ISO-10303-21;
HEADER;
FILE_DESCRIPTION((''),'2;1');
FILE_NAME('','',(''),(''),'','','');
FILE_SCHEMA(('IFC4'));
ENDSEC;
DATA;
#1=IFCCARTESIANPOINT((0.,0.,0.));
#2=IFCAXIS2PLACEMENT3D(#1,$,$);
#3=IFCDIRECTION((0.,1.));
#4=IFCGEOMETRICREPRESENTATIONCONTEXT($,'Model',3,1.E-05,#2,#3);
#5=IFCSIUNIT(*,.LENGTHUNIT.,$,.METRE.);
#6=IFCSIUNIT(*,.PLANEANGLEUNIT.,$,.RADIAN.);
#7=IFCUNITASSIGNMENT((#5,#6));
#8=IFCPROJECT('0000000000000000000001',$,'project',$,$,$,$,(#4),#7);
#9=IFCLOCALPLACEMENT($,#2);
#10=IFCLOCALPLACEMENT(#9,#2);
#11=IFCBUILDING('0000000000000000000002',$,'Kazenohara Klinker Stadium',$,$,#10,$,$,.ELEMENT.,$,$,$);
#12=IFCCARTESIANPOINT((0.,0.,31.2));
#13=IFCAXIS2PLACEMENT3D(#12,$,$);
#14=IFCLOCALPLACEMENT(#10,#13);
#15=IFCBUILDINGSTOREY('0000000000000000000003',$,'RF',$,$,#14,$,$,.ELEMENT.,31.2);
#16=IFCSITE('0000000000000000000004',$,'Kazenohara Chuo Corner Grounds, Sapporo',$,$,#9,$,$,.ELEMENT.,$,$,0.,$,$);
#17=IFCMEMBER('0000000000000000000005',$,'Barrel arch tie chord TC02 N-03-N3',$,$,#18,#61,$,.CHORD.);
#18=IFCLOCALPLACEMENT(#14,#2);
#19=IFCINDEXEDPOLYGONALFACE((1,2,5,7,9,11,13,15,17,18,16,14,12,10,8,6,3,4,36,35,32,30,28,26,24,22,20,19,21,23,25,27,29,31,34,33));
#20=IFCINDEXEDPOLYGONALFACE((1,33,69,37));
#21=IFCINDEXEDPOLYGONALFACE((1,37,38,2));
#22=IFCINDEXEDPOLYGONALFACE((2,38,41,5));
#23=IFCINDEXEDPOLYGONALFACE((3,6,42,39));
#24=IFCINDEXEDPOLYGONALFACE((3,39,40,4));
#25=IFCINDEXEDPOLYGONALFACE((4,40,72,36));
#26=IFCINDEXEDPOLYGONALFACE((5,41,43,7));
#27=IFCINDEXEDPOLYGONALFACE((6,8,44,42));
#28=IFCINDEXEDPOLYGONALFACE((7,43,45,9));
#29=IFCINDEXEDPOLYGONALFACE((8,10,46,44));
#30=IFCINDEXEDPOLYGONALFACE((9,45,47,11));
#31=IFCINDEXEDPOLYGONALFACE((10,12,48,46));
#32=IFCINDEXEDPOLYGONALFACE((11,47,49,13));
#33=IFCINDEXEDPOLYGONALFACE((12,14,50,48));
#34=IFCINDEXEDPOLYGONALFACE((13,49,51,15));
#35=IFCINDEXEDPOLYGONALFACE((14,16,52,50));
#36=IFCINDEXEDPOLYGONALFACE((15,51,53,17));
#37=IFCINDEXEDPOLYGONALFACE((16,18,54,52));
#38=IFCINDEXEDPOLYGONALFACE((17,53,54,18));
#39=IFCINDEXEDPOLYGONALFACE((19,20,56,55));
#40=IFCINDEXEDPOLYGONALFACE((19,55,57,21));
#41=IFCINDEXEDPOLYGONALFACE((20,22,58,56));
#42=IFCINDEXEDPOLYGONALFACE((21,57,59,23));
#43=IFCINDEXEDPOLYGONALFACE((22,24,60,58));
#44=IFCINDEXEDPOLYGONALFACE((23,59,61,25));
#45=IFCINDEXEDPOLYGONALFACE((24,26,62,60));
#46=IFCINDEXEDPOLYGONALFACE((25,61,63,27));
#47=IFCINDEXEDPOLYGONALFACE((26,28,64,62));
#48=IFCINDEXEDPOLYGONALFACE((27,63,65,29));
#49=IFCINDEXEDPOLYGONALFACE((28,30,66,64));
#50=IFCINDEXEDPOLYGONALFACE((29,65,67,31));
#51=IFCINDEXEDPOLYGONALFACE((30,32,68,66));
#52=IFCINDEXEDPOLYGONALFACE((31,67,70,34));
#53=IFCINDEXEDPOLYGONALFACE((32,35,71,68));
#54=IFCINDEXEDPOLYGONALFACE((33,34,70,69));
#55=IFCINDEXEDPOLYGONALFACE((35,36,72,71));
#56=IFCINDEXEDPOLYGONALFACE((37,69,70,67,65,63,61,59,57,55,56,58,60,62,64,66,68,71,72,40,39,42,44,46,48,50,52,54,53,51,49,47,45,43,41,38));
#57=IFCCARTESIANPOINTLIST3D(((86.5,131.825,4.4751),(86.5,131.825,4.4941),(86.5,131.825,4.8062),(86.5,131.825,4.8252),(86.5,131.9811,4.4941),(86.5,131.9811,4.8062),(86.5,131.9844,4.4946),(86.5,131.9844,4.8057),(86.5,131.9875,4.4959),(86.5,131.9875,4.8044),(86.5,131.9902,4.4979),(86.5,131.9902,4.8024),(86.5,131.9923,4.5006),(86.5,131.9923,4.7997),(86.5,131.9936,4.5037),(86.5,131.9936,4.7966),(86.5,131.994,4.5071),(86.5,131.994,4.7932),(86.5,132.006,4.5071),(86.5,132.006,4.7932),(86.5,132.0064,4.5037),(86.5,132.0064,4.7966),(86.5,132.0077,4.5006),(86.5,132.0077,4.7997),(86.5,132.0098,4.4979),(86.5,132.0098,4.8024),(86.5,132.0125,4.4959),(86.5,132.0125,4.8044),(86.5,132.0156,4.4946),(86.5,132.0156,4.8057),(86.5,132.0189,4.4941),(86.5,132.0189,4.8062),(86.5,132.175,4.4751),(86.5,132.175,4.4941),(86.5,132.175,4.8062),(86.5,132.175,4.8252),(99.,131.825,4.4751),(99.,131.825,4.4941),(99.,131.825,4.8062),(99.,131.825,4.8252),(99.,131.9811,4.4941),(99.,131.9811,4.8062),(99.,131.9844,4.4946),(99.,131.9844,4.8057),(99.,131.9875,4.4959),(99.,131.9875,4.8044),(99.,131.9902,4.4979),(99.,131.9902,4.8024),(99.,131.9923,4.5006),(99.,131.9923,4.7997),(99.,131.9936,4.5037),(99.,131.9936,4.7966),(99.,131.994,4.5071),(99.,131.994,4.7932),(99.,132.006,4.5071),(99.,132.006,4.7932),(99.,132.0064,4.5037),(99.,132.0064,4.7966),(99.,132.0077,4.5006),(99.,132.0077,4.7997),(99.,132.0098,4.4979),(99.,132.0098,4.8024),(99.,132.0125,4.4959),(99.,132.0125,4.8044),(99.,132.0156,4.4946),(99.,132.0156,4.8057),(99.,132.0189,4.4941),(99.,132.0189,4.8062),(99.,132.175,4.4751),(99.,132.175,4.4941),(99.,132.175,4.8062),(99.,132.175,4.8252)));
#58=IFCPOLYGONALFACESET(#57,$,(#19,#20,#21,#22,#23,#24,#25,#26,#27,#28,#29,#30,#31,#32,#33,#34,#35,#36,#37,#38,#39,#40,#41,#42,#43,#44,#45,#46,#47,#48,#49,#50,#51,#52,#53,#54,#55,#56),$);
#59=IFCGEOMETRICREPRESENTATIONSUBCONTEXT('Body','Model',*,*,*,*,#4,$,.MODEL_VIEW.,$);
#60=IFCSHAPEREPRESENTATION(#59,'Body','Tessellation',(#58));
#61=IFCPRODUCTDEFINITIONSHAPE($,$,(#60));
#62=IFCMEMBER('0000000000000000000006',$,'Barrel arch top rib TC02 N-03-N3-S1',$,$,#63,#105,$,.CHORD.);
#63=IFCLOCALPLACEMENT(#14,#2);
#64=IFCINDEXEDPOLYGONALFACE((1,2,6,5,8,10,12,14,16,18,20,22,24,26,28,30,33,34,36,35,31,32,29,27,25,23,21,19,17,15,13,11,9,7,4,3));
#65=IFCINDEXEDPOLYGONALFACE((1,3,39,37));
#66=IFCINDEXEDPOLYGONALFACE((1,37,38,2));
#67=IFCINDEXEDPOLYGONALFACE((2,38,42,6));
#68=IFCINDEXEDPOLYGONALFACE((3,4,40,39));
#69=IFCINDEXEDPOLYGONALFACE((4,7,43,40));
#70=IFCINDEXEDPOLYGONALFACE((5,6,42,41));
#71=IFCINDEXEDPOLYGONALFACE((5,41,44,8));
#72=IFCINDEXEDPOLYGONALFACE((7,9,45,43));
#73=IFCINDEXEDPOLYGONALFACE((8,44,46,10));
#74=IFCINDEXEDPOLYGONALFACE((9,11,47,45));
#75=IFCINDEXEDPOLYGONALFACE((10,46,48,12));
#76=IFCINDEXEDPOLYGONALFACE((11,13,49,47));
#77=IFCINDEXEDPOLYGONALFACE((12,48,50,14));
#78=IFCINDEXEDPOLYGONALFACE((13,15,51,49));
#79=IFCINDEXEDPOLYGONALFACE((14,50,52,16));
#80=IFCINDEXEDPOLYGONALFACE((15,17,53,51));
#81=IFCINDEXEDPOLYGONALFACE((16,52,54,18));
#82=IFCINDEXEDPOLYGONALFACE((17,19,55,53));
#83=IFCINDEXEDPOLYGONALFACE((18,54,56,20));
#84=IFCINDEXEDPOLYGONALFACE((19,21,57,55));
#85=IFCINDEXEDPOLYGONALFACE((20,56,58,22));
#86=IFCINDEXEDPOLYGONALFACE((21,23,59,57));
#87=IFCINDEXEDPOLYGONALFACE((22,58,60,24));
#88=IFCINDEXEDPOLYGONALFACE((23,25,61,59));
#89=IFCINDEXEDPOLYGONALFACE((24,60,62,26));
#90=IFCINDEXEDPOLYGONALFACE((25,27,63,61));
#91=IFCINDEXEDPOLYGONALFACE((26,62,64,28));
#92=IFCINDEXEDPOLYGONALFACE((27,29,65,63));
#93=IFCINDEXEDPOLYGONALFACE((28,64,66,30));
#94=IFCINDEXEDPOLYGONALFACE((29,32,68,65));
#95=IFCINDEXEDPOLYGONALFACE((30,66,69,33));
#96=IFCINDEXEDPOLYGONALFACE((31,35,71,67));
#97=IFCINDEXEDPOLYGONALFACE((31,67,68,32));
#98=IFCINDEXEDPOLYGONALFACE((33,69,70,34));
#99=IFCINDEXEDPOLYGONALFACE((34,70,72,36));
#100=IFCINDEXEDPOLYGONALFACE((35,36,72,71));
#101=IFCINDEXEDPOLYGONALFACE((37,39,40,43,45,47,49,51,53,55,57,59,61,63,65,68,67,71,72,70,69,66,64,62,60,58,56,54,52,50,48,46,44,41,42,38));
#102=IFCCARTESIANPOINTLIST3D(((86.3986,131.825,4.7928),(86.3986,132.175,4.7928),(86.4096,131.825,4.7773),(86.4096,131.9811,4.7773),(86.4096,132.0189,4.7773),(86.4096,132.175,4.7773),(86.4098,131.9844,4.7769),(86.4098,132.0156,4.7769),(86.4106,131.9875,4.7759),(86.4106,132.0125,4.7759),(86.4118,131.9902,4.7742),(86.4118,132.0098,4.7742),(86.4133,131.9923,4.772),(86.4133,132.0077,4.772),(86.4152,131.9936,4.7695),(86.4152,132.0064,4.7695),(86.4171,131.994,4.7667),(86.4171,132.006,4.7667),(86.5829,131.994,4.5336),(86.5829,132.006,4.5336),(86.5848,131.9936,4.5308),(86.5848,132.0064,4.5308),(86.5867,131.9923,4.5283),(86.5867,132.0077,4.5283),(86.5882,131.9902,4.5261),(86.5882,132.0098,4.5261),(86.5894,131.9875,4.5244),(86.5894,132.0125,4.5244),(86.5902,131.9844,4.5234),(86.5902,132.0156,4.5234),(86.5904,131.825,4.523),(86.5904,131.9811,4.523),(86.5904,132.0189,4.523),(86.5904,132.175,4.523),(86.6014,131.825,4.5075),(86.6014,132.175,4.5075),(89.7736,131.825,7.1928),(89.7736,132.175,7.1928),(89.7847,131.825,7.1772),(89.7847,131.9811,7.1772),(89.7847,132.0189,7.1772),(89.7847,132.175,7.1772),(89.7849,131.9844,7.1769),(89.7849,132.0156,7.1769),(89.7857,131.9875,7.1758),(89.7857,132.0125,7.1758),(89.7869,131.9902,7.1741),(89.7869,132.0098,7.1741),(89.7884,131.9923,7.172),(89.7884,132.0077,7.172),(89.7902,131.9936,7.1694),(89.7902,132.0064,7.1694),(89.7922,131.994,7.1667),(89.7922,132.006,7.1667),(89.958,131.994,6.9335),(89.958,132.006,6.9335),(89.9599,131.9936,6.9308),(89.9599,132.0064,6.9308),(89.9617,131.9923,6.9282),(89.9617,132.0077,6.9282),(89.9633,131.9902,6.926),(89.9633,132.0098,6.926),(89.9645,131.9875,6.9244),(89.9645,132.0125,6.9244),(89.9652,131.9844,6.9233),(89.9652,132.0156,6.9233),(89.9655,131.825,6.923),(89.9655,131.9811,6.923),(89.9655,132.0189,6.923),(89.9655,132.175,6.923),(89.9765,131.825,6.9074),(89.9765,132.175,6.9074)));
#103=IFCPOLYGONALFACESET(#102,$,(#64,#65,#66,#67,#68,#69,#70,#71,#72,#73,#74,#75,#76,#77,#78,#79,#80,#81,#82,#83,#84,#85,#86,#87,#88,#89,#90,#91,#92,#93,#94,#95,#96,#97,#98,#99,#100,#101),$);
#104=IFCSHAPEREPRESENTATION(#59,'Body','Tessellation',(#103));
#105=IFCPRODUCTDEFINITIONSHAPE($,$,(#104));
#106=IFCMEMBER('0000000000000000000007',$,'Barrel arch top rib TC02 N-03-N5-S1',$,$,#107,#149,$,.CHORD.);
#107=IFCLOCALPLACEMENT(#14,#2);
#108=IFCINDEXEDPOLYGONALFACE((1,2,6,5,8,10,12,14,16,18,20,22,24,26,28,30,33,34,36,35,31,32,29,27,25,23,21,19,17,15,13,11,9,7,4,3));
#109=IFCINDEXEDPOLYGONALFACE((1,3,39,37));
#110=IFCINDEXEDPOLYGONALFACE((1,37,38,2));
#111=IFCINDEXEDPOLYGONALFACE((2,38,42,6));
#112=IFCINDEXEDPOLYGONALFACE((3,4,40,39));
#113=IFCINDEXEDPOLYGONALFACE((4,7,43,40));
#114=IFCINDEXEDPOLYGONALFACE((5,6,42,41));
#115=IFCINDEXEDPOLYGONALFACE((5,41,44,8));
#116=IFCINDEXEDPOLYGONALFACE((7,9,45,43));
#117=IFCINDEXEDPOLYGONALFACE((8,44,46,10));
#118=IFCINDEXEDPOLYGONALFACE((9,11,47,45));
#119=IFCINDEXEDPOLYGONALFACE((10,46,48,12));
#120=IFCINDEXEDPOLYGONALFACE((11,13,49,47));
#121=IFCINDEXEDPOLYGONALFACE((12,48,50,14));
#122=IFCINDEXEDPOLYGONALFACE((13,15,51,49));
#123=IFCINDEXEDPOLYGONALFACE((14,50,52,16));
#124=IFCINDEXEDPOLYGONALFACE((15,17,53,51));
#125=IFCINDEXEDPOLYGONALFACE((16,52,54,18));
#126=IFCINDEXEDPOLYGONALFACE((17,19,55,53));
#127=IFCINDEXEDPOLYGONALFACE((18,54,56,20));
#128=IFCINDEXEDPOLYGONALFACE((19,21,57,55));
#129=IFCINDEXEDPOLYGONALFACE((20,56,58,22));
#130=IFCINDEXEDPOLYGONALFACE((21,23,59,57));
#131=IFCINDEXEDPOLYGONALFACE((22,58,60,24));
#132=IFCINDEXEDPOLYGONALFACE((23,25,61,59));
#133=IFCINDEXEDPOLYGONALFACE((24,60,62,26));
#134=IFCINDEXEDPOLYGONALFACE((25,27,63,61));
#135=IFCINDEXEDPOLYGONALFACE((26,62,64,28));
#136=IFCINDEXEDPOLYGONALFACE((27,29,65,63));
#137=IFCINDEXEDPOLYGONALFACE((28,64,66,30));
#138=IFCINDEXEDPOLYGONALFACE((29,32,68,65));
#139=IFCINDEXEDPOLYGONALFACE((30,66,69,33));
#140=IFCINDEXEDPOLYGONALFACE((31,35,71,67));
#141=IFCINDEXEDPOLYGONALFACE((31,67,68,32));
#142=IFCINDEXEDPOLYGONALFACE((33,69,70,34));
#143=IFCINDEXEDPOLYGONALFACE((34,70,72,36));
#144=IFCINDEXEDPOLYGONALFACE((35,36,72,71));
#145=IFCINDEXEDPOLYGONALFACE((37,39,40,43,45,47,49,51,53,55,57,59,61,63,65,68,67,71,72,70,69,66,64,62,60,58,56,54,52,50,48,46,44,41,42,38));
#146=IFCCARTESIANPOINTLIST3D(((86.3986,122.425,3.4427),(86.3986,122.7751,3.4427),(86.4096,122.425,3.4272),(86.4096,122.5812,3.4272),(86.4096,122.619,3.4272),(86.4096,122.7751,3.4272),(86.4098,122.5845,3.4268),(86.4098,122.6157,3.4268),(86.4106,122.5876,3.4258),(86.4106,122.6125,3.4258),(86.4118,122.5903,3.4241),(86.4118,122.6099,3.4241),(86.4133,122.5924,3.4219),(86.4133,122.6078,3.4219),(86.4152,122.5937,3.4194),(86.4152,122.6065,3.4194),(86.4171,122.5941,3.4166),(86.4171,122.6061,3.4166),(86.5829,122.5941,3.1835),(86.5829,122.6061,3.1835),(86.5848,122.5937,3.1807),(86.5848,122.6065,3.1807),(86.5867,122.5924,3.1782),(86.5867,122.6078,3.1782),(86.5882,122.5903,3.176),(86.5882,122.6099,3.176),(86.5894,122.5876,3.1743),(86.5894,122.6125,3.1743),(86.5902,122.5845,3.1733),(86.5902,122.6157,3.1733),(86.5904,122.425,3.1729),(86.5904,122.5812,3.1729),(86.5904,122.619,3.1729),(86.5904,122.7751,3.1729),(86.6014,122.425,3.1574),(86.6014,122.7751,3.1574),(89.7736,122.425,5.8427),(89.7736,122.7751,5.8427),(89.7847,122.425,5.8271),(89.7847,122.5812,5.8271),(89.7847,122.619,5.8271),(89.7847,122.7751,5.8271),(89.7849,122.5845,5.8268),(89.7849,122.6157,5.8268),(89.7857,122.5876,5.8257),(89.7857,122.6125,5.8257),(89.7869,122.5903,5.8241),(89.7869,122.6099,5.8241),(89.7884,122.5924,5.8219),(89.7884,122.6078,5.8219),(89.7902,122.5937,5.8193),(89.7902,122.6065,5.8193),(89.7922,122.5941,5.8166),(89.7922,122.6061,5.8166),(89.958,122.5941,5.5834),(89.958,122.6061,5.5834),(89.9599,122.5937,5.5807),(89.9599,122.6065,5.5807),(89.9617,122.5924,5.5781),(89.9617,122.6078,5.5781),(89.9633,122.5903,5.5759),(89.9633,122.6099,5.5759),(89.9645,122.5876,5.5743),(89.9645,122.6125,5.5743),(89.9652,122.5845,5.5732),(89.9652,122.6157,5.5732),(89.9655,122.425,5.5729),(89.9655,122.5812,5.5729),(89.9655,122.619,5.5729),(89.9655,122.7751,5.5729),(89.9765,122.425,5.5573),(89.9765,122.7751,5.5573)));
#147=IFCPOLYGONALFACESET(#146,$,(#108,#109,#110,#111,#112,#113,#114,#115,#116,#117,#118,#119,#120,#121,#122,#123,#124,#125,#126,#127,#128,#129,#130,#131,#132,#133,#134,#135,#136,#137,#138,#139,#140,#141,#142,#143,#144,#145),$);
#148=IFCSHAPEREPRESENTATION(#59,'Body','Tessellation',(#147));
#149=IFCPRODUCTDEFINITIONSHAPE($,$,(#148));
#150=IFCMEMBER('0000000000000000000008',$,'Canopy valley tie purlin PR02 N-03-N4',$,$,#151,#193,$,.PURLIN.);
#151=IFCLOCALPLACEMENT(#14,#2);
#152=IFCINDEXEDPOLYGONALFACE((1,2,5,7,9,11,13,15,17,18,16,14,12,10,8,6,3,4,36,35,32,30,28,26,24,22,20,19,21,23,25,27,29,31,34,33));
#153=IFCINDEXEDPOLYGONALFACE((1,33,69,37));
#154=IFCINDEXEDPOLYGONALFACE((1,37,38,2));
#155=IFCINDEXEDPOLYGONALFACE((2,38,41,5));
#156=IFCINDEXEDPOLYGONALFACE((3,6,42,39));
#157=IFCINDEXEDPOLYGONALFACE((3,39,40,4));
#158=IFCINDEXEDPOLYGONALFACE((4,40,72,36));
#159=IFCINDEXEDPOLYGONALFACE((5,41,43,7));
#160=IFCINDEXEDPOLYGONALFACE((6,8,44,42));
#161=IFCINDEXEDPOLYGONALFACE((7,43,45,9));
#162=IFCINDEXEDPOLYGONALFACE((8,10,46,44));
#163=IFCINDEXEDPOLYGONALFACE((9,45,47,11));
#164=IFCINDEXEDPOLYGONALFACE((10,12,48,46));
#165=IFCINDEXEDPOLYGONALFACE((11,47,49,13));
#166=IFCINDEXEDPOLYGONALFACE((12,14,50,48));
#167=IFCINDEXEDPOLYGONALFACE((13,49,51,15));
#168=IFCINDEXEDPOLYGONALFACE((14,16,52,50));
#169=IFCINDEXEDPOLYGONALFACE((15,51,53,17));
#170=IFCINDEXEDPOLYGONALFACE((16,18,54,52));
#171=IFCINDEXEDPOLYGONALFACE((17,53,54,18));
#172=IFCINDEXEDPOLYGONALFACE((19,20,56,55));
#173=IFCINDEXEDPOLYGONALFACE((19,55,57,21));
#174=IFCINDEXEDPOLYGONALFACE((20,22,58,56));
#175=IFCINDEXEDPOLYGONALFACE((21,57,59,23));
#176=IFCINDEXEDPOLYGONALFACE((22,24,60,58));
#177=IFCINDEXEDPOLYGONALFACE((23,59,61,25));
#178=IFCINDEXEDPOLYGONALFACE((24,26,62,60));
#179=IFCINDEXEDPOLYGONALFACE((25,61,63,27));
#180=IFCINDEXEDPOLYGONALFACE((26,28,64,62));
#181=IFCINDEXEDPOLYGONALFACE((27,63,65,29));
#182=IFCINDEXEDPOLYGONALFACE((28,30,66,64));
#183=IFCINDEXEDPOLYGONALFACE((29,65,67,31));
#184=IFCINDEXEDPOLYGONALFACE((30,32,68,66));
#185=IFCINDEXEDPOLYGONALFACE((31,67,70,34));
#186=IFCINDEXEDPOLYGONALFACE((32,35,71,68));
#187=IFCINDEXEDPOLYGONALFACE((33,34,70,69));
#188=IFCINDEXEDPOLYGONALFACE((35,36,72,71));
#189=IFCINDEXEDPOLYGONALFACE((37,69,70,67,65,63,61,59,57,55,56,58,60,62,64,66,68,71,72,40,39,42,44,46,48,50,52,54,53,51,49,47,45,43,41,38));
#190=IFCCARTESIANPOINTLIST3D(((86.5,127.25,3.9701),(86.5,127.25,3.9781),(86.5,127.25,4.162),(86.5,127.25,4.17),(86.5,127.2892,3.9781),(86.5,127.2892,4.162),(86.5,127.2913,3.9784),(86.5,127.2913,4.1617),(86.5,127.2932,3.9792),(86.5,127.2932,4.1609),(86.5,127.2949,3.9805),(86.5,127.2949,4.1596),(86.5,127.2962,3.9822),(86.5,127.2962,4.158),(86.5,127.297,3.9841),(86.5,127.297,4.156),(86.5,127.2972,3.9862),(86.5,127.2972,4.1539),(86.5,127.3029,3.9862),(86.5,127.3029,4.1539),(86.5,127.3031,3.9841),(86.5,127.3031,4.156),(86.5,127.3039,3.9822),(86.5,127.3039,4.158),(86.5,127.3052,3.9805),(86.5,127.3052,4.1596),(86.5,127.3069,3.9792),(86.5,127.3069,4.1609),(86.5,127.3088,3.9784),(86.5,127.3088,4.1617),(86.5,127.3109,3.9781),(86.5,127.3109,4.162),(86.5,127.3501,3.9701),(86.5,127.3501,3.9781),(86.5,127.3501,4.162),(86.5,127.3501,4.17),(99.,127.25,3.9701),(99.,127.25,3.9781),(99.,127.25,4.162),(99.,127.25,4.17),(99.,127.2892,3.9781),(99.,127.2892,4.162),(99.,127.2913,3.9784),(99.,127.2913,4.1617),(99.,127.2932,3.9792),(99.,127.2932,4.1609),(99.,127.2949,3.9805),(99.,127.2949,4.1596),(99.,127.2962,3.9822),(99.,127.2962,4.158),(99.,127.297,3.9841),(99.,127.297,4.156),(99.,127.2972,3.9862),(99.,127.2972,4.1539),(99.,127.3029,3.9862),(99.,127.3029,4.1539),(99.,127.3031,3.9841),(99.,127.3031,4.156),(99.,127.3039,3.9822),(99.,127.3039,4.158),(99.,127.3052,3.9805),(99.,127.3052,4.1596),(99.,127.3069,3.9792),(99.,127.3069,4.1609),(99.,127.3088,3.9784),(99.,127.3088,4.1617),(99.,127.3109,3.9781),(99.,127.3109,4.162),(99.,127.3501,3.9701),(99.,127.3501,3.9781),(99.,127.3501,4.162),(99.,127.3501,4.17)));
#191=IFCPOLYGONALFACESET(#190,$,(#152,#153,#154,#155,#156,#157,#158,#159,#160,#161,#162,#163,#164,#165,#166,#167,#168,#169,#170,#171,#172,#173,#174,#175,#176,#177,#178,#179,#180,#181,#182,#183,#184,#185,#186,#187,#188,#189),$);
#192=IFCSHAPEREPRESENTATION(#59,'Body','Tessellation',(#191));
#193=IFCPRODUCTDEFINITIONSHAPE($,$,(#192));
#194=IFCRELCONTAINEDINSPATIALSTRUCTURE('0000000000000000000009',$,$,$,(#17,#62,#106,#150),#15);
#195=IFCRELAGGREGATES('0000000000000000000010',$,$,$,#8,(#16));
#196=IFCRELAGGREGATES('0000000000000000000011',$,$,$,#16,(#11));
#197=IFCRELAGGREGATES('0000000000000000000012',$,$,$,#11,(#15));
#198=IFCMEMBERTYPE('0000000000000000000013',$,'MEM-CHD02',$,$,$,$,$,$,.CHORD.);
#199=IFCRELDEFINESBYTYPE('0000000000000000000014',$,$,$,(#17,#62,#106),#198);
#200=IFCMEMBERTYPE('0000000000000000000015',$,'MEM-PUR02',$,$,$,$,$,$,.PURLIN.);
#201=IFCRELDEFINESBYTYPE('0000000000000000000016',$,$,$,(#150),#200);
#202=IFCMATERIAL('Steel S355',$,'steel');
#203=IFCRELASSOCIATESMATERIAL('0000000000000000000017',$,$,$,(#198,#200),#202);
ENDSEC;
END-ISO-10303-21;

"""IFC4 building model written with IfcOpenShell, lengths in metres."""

from ifc_helpers import new_model, si_unit, direction, frame, origin, origin_2d, place, context, subcontext, project, spatial, i_section, extrude, material, material_profile, profile_set, type_object, element, save


model = new_model("IFC4")

# Units and contexts
model_context = context("Model", 3, precision=1e-05, world=origin(), true_north=direction((0.0, 1.0)))
body_context = subcontext(model_context, "Body", "Model", "MODEL_VIEW")
ifc_project = project(units=[si_unit("LENGTHUNIT", "METRE"), si_unit("PLANEANGLEUNIT", "RADIAN")], contexts=[model_context])

# Site, building, storey
site_placement = place(None, origin())
site = spatial("IfcSite", under=ifc_project, at=site_placement, Name="Kazenohara Chuo Corner Grounds, Sapporo", CompositionType="ELEMENT", RefElevation=0.0)
building_placement = place(site_placement, origin())
building = spatial("IfcBuilding", under=site, at=building_placement, Name="Kazenohara Klinker Stadium", CompositionType="ELEMENT")
storey_placement = place(building_placement, frame((0.0, 0.0, 31.2)))
storey = spatial("IfcBuildingStorey", under=building, at=storey_placement, Name="RF", CompositionType="ELEMENT", Elevation=31.2)

# Members
ifc_material_1 = material(Name="Steel S355", Category="steel")
ifc_material_profile_1 = material_profile(ifc_material_1, i_section(OverallWidth=0.3501, OverallDepth=0.3501, WebThickness=0.012, FlangeThickness=0.019, FilletRadius=0.0129, at=origin_2d()), Name="H-350x350x12x19")
ifc_profile_set_1 = profile_set([ifc_material_profile_1], Name="Steel S355")
member_type_1 = type_object("IfcMemberType", Name="MEM-CHD02", PredefinedType="CHORD", material=ifc_profile_set_1)
member_1_placement = place(storey_placement, frame((86.5, 132.0, 4.6501), z_axis=(1.0, 0.0, 0.0), x_axis=(0.0, 1.0, 0.0)))
element("IfcMember", 1, at=member_1_placement, inside=storey, type_object=member_type_1, Name="Barrel arch tie chord TC02 N-03-N3", PredefinedType="CHORD", context=body_context, shape_type="SweptSolid", body=[
    extrude(i_section(OverallWidth=0.3501, OverallDepth=0.3501, WebThickness=0.012, FlangeThickness=0.019, FilletRadius=0.0129, at=origin_2d()), origin(), (0.0, 0.0, 1.0), 12.5),
])
for number, where, z_axis, x_axis, name in (
    (2, (86.5, 132.0, 4.6501), (0.814966, 0.0, 0.579508), (0.0, 1.0, 0.0), "Barrel arch top rib TC02 N-03-N3-S1"),
    (3, (86.5, 122.6001, 3.3), (0.814966, 0.0, 0.579508), (0.0, 1.0, 0.0), "Barrel arch top rib TC02 N-03-N5-S1"),
):
    element("IfcMember", number, at=place(storey_placement, frame(where, z_axis=z_axis, x_axis=x_axis)), inside=storey, type_object=member_type_1, Name=name, PredefinedType="CHORD", context=body_context, shape_type="SweptSolid", body=[
        extrude(i_section(OverallWidth=0.3501, OverallDepth=0.3501, WebThickness=0.012, FlangeThickness=0.019, FilletRadius=0.0129, at=origin_2d()), origin(), (0.0, 0.0, 1.0), 4.1414),
    ])
ifc_material_profile_2 = material_profile(ifc_material_1, i_section(OverallWidth=0.1001, OverallDepth=0.2, WebThickness=0.0056, FlangeThickness=0.0081, FilletRadius=0.0081, at=origin_2d()), Name="H-200x100x5.5x8")
ifc_profile_set_2 = profile_set([ifc_material_profile_2], Name="Steel S355")
member_type_2 = type_object("IfcMemberType", Name="MEM-PUR02", PredefinedType="PURLIN", material=ifc_profile_set_2)
member_2_placement = place(storey_placement, frame((86.5, 127.3, 4.0701), z_axis=(1.0, 0.0, 0.0), x_axis=(0.0, 1.0, 0.0)))
element("IfcMember", 4, at=member_2_placement, inside=storey, type_object=member_type_2, Name="Canopy valley tie purlin PR02 N-03-N4", PredefinedType="PURLIN", context=body_context, shape_type="SweptSolid", body=[
    extrude(i_section(OverallWidth=0.1001, OverallDepth=0.2, WebThickness=0.0056, FlangeThickness=0.0081, FilletRadius=0.0081, at=origin_2d()), origin(), (0.0, 0.0, 1.0), 12.5),
])

save(model, "model.ifc")
